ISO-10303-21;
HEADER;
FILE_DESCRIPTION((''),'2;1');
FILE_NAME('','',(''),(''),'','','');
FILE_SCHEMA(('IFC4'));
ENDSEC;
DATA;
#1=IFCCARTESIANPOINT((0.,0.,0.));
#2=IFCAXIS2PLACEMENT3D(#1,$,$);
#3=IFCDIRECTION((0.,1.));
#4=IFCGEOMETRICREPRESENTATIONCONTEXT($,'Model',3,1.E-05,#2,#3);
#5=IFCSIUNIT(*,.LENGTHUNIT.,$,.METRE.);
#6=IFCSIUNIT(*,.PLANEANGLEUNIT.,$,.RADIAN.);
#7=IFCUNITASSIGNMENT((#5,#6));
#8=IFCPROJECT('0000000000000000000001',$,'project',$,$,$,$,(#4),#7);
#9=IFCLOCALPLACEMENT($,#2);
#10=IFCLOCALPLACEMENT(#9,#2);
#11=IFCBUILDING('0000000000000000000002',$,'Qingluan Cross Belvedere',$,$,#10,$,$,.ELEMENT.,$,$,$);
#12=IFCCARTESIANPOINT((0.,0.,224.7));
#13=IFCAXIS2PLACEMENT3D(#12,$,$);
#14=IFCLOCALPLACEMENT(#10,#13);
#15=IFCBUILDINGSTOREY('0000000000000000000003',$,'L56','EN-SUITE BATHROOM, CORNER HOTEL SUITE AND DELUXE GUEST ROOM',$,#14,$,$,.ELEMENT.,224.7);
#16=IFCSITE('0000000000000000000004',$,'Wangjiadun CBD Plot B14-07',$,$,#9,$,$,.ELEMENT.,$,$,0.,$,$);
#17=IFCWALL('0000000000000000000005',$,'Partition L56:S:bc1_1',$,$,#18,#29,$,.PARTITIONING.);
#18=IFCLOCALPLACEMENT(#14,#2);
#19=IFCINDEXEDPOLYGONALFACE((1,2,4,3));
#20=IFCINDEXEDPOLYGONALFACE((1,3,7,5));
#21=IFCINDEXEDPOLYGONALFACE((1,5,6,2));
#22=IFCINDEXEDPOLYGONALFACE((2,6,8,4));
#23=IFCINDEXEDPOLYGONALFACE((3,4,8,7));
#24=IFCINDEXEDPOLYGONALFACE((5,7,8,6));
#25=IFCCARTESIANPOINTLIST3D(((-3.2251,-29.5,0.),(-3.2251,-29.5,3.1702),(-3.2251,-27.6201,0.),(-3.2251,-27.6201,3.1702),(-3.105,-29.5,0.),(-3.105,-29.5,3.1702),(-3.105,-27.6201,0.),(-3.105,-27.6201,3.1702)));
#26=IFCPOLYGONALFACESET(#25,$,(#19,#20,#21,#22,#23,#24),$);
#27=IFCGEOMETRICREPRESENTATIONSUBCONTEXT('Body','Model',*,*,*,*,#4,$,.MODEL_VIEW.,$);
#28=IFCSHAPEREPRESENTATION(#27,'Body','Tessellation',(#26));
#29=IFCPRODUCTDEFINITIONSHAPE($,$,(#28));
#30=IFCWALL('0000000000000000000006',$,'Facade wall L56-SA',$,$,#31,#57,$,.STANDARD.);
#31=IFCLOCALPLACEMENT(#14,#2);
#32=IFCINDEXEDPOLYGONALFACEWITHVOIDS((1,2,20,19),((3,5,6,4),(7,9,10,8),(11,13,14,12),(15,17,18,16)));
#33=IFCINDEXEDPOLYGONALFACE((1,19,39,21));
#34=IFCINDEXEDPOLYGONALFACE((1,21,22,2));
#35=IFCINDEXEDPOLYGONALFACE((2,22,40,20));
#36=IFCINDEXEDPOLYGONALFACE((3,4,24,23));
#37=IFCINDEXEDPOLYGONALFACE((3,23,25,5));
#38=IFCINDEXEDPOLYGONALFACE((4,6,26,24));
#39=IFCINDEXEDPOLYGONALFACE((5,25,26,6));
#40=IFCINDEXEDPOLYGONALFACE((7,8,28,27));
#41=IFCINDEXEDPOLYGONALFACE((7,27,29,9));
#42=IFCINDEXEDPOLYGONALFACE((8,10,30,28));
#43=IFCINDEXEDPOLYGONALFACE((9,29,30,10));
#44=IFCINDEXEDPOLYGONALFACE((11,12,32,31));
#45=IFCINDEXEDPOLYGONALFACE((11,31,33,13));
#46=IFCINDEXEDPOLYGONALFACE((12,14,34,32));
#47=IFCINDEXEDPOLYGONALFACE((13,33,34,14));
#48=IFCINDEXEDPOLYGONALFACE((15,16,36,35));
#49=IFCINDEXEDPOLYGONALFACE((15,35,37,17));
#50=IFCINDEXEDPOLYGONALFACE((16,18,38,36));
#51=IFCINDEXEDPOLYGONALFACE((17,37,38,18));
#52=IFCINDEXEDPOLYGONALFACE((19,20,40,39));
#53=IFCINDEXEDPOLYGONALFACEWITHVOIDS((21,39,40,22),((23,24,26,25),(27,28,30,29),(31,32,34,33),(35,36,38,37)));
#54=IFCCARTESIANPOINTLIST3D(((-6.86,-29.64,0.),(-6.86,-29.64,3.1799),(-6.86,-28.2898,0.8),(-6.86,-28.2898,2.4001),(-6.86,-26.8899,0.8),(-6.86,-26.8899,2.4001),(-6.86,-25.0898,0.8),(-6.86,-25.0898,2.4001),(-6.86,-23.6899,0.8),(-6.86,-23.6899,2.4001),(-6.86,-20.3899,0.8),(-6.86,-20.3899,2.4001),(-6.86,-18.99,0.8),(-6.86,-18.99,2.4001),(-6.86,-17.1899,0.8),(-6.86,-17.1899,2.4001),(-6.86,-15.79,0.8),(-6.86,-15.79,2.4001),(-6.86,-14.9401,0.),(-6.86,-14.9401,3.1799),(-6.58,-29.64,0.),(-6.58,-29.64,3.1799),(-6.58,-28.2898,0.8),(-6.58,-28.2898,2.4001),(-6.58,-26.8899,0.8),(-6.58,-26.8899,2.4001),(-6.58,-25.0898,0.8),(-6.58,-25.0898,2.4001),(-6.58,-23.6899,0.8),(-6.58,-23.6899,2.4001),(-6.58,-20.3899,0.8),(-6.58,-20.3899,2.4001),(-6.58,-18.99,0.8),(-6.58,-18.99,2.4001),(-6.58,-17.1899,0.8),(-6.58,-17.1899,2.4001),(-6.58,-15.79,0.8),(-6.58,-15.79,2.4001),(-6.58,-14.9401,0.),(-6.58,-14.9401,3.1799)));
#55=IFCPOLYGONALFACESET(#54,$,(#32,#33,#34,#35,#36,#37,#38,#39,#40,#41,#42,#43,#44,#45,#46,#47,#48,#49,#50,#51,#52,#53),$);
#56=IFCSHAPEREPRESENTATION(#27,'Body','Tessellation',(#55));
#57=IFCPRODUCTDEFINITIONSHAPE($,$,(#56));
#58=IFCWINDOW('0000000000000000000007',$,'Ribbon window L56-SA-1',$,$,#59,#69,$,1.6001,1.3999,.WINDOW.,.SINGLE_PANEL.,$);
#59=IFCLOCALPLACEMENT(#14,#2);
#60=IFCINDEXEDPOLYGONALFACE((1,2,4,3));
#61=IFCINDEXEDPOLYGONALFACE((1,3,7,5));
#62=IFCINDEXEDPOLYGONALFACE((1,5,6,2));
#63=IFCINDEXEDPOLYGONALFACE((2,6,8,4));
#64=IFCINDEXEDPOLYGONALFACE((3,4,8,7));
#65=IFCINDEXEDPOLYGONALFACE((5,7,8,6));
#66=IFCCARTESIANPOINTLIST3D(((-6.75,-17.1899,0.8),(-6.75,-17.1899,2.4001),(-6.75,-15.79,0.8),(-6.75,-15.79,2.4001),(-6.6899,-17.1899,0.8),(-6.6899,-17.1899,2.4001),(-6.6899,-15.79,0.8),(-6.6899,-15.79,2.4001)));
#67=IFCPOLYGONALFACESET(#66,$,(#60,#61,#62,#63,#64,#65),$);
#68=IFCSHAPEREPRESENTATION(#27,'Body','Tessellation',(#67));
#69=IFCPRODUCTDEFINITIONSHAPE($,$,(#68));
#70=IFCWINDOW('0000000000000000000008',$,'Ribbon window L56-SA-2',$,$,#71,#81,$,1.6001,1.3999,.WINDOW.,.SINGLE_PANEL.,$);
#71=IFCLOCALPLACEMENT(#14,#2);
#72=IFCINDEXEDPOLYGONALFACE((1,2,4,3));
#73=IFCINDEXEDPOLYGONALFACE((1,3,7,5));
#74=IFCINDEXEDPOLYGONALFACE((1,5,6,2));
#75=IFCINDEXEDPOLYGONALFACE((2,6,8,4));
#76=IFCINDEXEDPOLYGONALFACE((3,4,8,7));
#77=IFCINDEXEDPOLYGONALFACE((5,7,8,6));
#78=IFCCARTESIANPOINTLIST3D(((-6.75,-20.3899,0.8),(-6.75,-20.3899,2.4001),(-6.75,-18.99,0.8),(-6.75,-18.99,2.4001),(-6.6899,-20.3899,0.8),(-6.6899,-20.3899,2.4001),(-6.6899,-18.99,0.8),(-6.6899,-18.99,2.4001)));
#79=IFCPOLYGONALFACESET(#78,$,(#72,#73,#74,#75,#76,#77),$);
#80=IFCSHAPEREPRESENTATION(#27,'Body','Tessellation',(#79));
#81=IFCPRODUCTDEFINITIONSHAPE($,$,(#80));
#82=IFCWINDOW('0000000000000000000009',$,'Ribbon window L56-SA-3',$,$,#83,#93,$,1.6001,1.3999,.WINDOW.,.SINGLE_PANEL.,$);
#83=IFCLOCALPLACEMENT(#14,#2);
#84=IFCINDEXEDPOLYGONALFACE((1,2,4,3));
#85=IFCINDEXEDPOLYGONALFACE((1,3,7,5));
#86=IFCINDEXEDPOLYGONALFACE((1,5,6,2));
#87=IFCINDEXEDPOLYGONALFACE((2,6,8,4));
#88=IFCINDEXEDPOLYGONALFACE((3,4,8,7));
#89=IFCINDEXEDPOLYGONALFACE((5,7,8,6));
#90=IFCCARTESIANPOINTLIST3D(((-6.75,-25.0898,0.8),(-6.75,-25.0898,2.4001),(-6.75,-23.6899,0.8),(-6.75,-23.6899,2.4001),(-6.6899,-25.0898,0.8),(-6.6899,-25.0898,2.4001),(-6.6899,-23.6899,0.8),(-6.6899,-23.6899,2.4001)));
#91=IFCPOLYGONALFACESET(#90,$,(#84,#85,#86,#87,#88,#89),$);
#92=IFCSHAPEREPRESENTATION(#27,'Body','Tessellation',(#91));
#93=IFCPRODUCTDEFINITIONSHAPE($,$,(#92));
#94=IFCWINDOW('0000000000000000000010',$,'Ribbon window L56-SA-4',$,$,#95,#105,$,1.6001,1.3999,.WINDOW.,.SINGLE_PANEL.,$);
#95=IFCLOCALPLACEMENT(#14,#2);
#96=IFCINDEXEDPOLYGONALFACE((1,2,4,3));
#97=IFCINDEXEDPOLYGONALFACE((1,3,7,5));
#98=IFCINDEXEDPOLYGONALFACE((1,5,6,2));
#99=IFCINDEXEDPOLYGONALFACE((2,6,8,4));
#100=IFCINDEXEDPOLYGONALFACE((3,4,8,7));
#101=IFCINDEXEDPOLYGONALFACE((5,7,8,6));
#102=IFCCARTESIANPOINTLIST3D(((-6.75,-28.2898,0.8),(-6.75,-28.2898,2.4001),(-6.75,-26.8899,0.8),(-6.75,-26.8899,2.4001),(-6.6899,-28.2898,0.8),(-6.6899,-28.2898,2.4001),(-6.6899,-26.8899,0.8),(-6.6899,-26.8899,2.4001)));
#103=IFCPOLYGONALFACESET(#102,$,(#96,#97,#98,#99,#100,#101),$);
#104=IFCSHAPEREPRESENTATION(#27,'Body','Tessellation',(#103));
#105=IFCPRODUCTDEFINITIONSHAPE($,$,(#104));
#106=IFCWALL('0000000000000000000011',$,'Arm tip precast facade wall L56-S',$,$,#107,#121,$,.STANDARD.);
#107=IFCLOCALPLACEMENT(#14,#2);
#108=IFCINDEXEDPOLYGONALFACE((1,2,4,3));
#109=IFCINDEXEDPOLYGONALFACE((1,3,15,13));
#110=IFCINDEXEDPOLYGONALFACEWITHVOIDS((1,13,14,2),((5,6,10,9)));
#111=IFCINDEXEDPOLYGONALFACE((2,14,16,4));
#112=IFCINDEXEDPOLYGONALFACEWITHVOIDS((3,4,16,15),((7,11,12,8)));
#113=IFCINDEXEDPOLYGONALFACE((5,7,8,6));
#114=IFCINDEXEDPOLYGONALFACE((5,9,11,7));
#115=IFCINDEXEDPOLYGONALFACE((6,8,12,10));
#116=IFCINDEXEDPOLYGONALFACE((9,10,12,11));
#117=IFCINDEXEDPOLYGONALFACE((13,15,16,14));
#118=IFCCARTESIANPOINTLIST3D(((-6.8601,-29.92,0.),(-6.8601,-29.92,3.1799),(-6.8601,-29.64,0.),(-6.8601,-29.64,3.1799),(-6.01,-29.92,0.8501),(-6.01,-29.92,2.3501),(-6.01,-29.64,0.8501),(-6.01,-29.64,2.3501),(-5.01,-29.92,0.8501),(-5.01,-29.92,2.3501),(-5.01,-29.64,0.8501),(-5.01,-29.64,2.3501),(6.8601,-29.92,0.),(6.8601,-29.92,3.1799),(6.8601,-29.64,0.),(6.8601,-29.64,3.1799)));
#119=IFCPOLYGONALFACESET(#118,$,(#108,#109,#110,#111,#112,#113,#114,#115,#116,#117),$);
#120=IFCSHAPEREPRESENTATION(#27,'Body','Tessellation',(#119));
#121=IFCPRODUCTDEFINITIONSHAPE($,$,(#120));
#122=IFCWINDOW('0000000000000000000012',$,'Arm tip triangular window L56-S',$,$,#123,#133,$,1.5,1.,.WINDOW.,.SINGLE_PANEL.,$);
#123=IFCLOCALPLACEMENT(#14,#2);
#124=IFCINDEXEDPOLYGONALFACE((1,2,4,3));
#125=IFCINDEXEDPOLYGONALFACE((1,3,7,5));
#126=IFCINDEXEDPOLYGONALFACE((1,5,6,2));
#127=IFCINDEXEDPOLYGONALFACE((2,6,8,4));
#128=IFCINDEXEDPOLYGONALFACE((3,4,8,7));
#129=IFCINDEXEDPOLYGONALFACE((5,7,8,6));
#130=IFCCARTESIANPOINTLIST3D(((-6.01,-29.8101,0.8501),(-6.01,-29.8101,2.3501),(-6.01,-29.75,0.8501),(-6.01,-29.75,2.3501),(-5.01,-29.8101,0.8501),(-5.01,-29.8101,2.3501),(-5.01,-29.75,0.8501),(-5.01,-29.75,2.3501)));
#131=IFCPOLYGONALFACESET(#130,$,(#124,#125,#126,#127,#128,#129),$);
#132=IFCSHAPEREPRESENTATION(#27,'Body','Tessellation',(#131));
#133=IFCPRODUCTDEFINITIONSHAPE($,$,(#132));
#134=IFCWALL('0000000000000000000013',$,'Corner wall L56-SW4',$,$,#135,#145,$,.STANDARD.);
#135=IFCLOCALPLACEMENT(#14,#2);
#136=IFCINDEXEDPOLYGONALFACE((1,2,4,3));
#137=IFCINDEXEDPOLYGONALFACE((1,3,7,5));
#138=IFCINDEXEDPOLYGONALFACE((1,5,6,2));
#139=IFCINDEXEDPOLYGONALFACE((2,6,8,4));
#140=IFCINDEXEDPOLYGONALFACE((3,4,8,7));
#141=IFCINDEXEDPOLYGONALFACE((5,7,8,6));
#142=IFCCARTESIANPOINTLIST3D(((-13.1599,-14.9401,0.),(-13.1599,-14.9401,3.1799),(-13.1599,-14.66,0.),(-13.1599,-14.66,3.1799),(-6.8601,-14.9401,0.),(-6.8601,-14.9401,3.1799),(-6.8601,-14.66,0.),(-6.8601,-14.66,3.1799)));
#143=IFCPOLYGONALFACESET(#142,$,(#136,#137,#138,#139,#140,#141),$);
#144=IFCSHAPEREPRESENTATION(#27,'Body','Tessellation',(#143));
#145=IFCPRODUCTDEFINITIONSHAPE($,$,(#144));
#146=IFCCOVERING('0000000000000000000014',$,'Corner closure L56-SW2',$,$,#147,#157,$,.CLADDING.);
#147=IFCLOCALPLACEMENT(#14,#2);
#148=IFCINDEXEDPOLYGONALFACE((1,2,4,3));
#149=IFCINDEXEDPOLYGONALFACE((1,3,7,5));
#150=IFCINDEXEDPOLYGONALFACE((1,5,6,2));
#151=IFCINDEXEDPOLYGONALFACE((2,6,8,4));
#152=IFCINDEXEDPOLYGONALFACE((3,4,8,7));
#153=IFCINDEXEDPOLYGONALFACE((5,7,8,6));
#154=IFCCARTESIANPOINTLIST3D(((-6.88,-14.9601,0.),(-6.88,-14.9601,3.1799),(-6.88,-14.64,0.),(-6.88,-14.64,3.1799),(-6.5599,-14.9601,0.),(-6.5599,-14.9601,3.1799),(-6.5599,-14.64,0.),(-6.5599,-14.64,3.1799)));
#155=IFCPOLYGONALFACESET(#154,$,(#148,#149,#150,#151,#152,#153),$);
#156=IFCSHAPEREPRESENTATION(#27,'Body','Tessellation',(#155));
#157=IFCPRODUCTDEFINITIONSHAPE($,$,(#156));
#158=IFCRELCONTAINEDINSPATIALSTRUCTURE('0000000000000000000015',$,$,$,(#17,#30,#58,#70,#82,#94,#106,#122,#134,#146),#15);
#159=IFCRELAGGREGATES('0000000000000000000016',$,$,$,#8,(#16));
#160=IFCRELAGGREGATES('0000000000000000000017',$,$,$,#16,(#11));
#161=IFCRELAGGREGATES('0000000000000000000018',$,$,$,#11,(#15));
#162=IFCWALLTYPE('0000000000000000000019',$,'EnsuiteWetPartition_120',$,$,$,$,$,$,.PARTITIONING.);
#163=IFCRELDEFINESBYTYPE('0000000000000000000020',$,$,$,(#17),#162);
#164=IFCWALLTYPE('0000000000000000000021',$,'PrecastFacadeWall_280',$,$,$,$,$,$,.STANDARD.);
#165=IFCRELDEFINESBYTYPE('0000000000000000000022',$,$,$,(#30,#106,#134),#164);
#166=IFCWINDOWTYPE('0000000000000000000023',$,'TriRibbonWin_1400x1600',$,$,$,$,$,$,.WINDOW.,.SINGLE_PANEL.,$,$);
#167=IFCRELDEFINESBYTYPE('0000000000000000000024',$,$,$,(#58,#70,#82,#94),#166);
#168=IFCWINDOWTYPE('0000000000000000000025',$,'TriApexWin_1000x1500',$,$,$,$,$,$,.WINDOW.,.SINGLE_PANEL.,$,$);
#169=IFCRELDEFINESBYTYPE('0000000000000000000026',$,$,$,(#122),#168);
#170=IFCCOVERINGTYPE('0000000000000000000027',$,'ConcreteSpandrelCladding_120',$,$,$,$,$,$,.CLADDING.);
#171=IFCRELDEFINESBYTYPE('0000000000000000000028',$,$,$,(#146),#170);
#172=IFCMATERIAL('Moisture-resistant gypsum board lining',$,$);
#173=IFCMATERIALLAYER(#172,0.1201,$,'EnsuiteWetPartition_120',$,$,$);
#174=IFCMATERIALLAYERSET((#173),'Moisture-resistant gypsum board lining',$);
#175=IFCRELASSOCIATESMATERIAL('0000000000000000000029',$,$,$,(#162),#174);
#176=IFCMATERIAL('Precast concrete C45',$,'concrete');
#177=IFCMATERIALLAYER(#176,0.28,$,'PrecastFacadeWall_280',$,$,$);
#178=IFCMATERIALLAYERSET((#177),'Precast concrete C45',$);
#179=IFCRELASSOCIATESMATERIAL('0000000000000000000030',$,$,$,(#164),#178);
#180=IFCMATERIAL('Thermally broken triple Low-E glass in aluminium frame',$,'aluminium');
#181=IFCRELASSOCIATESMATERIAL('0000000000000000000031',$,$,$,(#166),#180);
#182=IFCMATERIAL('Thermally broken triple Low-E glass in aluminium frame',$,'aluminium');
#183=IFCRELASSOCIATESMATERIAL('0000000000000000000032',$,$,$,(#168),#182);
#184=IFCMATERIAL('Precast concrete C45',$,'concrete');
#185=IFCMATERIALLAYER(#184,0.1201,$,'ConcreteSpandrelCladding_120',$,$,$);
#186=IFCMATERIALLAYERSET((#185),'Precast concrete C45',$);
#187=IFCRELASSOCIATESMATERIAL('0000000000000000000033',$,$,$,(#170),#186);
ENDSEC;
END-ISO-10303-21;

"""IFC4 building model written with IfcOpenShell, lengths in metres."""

from ifc_helpers import new_model, si_unit, direction, frame, frame_2d, origin, origin_2d, place, context, subcontext, project, spatial, rectangle, extrude, material, layer, layer_set, type_object, element, fill, save


model = new_model("IFC4")

# Units and contexts
model_context = context("Model", 3, precision=1e-05, world=origin(), true_north=direction((0.0, 1.0)))
body_context = subcontext(model_context, "Body", "Model", "MODEL_VIEW")
ifc_project = project(units=[si_unit("LENGTHUNIT", "METRE"), si_unit("PLANEANGLEUNIT", "RADIAN")], contexts=[model_context])

# Site, building, storey
site_placement = place(None, origin())
site = spatial("IfcSite", under=ifc_project, at=site_placement, Name="Wangjiadun CBD Plot B14-07", CompositionType="ELEMENT", RefElevation=0.0)
building_placement = place(site_placement, origin())
building = spatial("IfcBuilding", under=site, at=building_placement, Name="Qingluan Cross Belvedere", CompositionType="ELEMENT")
storey_placement = place(building_placement, frame((0.0, 0.0, 224.7)))
storey = spatial("IfcBuildingStorey", under=building, at=storey_placement, Name="L56", Description="EN-SUITE BATHROOM, CORNER HOTEL SUITE AND DELUXE GUEST ROOM", CompositionType="ELEMENT", Elevation=224.7)

# Shared definitions
ifc_material_1 = material(Name="Moisture-resistant gypsum board lining")
ifc_layer_1 = layer(ifc_material_1, 0.1201, Name="EnsuiteWetPartition_120")
ifc_layer_set_1 = layer_set([ifc_layer_1], Name="Moisture-resistant gypsum board lining")
wall_type_1 = type_object("IfcWallType", Name="EnsuiteWetPartition_120", PredefinedType="PARTITIONING", material=ifc_layer_set_1)

# Wall
wall_1_placement = place(storey_placement, frame((-3.165, -27.6201, 0.0), z_axis=(0.0, 0.0, 1.0), x_axis=(0.0, -1.0, 0.0)))
element("IfcWall", 1, at=wall_1_placement, inside=storey, type_object=wall_type_1, Name="Partition L56:S:bc1_1", PredefinedType="PARTITIONING", context=body_context, shape_type="SweptSolid", body=[
    extrude(rectangle(XDim=1.8799, YDim=0.1201, at=frame_2d((0.9399, 0.0))), origin(), (0.0, 0.0, 1.0), 3.1702),
])

# Wall, openings, windows
ifc_material_2 = material(Name="Precast concrete C45", Category="concrete")
ifc_layer_2 = layer(ifc_material_2, 0.28, Name="PrecastFacadeWall_280")
ifc_layer_set_2 = layer_set([ifc_layer_2], Name="Precast concrete C45")
wall_type_2 = type_object("IfcWallType", Name="PrecastFacadeWall_280", PredefinedType="STANDARD", material=ifc_layer_set_2)
wall_2_placement = place(storey_placement, frame((-6.72, -14.9399, 0.0), z_axis=(0.0, 0.0, 1.0), x_axis=(0.0, -1.0, 0.0)))
wall_2 = element("IfcWall", 2, at=wall_2_placement, inside=storey, type_object=wall_type_2, Name="Facade wall L56-SA", PredefinedType="STANDARD", context=body_context, shape_type="SweptSolid", body=[
    extrude(rectangle(XDim=14.7, YDim=0.28, at=frame_2d((7.3501, 0.0))), origin(), (0.0, 0.0, 1.0), 3.1799),
])
opening_1_placement = place(wall_2_placement, frame((0.8501, 0.0, 0.8)))
opening_1 = element("IfcOpeningElement", 3, at=opening_1_placement, cuts=wall_2, PredefinedType="OPENING", context=body_context, shape_type="SweptSolid", body=[
    extrude(rectangle(XDim=1.3999, YDim=1.6001, at=frame_2d((0.7, 0.8))), frame((0.0, 0.1499, 0.0), z_axis=(0.0, -1.0, 0.0), x_axis=(1.0, 0.0, 0.0)), (0.0, 0.0, 1.0), 0.3),
])
opening_2_placement = place(wall_2_placement, frame((4.05, 0.0, 0.8)))
opening_2 = element("IfcOpeningElement", 4, at=opening_2_placement, cuts=wall_2, PredefinedType="OPENING", context=body_context, shape_type="SweptSolid", body=[
    extrude(rectangle(XDim=1.3999, YDim=1.6001, at=frame_2d((0.7, 0.8))), frame((0.0, 0.1499, 0.0), z_axis=(0.0, -1.0, 0.0), x_axis=(1.0, 0.0, 0.0)), (0.0, 0.0, 1.0), 0.3),
])
opening_3_placement = place(wall_2_placement, frame((8.75, 0.0, 0.8)))
opening_3 = element("IfcOpeningElement", 5, at=opening_3_placement, cuts=wall_2, PredefinedType="OPENING", context=body_context, shape_type="SweptSolid", body=[
    extrude(rectangle(XDim=1.3999, YDim=1.6001, at=frame_2d((0.7, 0.8))), frame((0.0, 0.1499, 0.0), z_axis=(0.0, -1.0, 0.0), x_axis=(1.0, 0.0, 0.0)), (0.0, 0.0, 1.0), 0.3),
])
opening_4_placement = place(wall_2_placement, frame((11.95, 0.0, 0.8)))
opening_4 = element("IfcOpeningElement", 6, at=opening_4_placement, cuts=wall_2, PredefinedType="OPENING", context=body_context, shape_type="SweptSolid", body=[
    extrude(rectangle(XDim=1.3999, YDim=1.6001, at=frame_2d((0.7, 0.8))), frame((0.0, 0.1499, 0.0), z_axis=(0.0, -1.0, 0.0), x_axis=(1.0, 0.0, 0.0)), (0.0, 0.0, 1.0), 0.3),
])
ifc_material_3 = material(Name="Thermally broken triple Low-E glass in aluminium frame", Category="aluminium")
window_type_1 = type_object("IfcWindowType", Name="TriRibbonWin_1400x1600", PartitioningType="SINGLE_PANEL", PredefinedType="WINDOW", material=ifc_material_3)
window_1_placement = place(opening_1_placement, origin())
window_1 = element("IfcWindow", 7, at=window_1_placement, inside=storey, type_object=window_type_1, Name="Ribbon window L56-SA-1", OverallHeight=1.6001, OverallWidth=1.3999, PartitioningType="SINGLE_PANEL", PredefinedType="WINDOW", context=body_context, shape_type="SweptSolid", body=[
    extrude(rectangle(XDim=1.3999, YDim=1.6001, at=frame_2d((0.7, 0.8))), frame((0.0, 0.03, 0.0), z_axis=(0.0, -1.0, 0.0), x_axis=(1.0, 0.0, 0.0)), (0.0, 0.0, 1.0), 0.0601),
])
fill(opening_1, window_1)
window_2_placement = place(opening_2_placement, origin())
window_2 = element("IfcWindow", 8, at=window_2_placement, inside=storey, type_object=window_type_1, Name="Ribbon window L56-SA-2", OverallHeight=1.6001, OverallWidth=1.3999, PartitioningType="SINGLE_PANEL", PredefinedType="WINDOW", context=body_context, shape_type="SweptSolid", body=[
    extrude(rectangle(XDim=1.3999, YDim=1.6001, at=frame_2d((0.7, 0.8))), frame((0.0, 0.03, 0.0), z_axis=(0.0, -1.0, 0.0), x_axis=(1.0, 0.0, 0.0)), (0.0, 0.0, 1.0), 0.0601),
])
fill(opening_2, window_2)
window_3_placement = place(opening_3_placement, origin())
window_3 = element("IfcWindow", 9, at=window_3_placement, inside=storey, type_object=window_type_1, Name="Ribbon window L56-SA-3", OverallHeight=1.6001, OverallWidth=1.3999, PartitioningType="SINGLE_PANEL", PredefinedType="WINDOW", context=body_context, shape_type="SweptSolid", body=[
    extrude(rectangle(XDim=1.3999, YDim=1.6001, at=frame_2d((0.7, 0.8))), frame((0.0, 0.03, 0.0), z_axis=(0.0, -1.0, 0.0), x_axis=(1.0, 0.0, 0.0)), (0.0, 0.0, 1.0), 0.0601),
])
fill(opening_3, window_3)
window_4_placement = place(opening_4_placement, origin())
window_4 = element("IfcWindow", 10, at=window_4_placement, inside=storey, type_object=window_type_1, Name="Ribbon window L56-SA-4", OverallHeight=1.6001, OverallWidth=1.3999, PartitioningType="SINGLE_PANEL", PredefinedType="WINDOW", context=body_context, shape_type="SweptSolid", body=[
    extrude(rectangle(XDim=1.3999, YDim=1.6001, at=frame_2d((0.7, 0.8))), frame((0.0, 0.03, 0.0), z_axis=(0.0, -1.0, 0.0), x_axis=(1.0, 0.0, 0.0)), (0.0, 0.0, 1.0), 0.0601),
])
fill(opening_4, window_4)

# Wall, opening, window
wall_3_placement = place(storey_placement, frame((-6.8601, -29.78, 0.0), z_axis=(0.0, 0.0, 1.0), x_axis=(1.0, 0.0, 0.0)))
wall_3 = element("IfcWall", 11, at=wall_3_placement, inside=storey, type_object=wall_type_2, Name="Arm tip precast facade wall L56-S", PredefinedType="STANDARD", context=body_context, shape_type="SweptSolid", body=[
    extrude(rectangle(XDim=13.7202, YDim=0.28, at=frame_2d((6.8601, 0.0))), origin(), (0.0, 0.0, 1.0), 3.1799),
])
opening_5_placement = place(wall_3_placement, frame((0.8501, 0.0, 0.8501)))
opening_5 = element("IfcOpeningElement", 12, at=opening_5_placement, cuts=wall_3, PredefinedType="OPENING", context=body_context, shape_type="SweptSolid", body=[
    extrude(rectangle(XDim=1.0, YDim=1.5, at=frame_2d((0.5, 0.75))), frame((0.0, 0.1499, 0.0), z_axis=(0.0, -1.0, 0.0), x_axis=(1.0, 0.0, 0.0)), (0.0, 0.0, 1.0), 0.3),
])
ifc_material_4 = material(Name="Thermally broken triple Low-E glass in aluminium frame", Category="aluminium")
window_type_2 = type_object("IfcWindowType", Name="TriApexWin_1000x1500", PartitioningType="SINGLE_PANEL", PredefinedType="WINDOW", material=ifc_material_4)
window_5_placement = place(opening_5_placement, origin())
window_5 = element("IfcWindow", 13, at=window_5_placement, inside=storey, type_object=window_type_2, Name="Arm tip triangular window L56-S", OverallHeight=1.5, OverallWidth=1.0, PartitioningType="SINGLE_PANEL", PredefinedType="WINDOW", context=body_context, shape_type="SweptSolid", body=[
    extrude(rectangle(XDim=1.0, YDim=1.5, at=frame_2d((0.5, 0.75))), frame((0.0, 0.03, 0.0), z_axis=(0.0, -1.0, 0.0), x_axis=(1.0, 0.0, 0.0)), (0.0, 0.0, 1.0), 0.0601),
])
fill(opening_5, window_5)

# Wall
wall_4_placement = place(storey_placement, frame((-13.1599, -14.8, 0.0), z_axis=(0.0, 0.0, 1.0), x_axis=(1.0, 0.0, 0.0)))
element("IfcWall", 14, at=wall_4_placement, inside=storey, type_object=wall_type_2, Name="Corner wall L56-SW4", PredefinedType="STANDARD", context=body_context, shape_type="SweptSolid", body=[
    extrude(rectangle(XDim=6.2998, YDim=0.28, at=frame_2d((3.1499, 0.0))), origin(), (0.0, 0.0, 1.0), 3.1799),
])

# Covering
ifc_material_5 = material(Name="Precast concrete C45", Category="concrete")
ifc_layer_3 = layer(ifc_material_5, 0.1201, Name="ConcreteSpandrelCladding_120")
ifc_layer_set_3 = layer_set([ifc_layer_3], Name="Precast concrete C45")
covering_type = type_object("IfcCoveringType", Name="ConcreteSpandrelCladding_120", PredefinedType="CLADDING", material=ifc_layer_set_3)
covering_placement = place(storey_placement, frame((-6.72, -14.8, 0.0), z_axis=(0.0, 0.0, 1.0), x_axis=(1.0, 0.0, 0.0)))
element("IfcCovering", 15, at=covering_placement, inside=storey, type_object=covering_type, Name="Corner closure L56-SW2", PredefinedType="CLADDING", context=body_context, shape_type="SweptSolid", body=[
    extrude(rectangle(XDim=0.3201, YDim=0.3201, at=origin_2d()), origin(), (0.0, 0.0, 1.0), 3.1799),
])

save(model, "model.ifc")
